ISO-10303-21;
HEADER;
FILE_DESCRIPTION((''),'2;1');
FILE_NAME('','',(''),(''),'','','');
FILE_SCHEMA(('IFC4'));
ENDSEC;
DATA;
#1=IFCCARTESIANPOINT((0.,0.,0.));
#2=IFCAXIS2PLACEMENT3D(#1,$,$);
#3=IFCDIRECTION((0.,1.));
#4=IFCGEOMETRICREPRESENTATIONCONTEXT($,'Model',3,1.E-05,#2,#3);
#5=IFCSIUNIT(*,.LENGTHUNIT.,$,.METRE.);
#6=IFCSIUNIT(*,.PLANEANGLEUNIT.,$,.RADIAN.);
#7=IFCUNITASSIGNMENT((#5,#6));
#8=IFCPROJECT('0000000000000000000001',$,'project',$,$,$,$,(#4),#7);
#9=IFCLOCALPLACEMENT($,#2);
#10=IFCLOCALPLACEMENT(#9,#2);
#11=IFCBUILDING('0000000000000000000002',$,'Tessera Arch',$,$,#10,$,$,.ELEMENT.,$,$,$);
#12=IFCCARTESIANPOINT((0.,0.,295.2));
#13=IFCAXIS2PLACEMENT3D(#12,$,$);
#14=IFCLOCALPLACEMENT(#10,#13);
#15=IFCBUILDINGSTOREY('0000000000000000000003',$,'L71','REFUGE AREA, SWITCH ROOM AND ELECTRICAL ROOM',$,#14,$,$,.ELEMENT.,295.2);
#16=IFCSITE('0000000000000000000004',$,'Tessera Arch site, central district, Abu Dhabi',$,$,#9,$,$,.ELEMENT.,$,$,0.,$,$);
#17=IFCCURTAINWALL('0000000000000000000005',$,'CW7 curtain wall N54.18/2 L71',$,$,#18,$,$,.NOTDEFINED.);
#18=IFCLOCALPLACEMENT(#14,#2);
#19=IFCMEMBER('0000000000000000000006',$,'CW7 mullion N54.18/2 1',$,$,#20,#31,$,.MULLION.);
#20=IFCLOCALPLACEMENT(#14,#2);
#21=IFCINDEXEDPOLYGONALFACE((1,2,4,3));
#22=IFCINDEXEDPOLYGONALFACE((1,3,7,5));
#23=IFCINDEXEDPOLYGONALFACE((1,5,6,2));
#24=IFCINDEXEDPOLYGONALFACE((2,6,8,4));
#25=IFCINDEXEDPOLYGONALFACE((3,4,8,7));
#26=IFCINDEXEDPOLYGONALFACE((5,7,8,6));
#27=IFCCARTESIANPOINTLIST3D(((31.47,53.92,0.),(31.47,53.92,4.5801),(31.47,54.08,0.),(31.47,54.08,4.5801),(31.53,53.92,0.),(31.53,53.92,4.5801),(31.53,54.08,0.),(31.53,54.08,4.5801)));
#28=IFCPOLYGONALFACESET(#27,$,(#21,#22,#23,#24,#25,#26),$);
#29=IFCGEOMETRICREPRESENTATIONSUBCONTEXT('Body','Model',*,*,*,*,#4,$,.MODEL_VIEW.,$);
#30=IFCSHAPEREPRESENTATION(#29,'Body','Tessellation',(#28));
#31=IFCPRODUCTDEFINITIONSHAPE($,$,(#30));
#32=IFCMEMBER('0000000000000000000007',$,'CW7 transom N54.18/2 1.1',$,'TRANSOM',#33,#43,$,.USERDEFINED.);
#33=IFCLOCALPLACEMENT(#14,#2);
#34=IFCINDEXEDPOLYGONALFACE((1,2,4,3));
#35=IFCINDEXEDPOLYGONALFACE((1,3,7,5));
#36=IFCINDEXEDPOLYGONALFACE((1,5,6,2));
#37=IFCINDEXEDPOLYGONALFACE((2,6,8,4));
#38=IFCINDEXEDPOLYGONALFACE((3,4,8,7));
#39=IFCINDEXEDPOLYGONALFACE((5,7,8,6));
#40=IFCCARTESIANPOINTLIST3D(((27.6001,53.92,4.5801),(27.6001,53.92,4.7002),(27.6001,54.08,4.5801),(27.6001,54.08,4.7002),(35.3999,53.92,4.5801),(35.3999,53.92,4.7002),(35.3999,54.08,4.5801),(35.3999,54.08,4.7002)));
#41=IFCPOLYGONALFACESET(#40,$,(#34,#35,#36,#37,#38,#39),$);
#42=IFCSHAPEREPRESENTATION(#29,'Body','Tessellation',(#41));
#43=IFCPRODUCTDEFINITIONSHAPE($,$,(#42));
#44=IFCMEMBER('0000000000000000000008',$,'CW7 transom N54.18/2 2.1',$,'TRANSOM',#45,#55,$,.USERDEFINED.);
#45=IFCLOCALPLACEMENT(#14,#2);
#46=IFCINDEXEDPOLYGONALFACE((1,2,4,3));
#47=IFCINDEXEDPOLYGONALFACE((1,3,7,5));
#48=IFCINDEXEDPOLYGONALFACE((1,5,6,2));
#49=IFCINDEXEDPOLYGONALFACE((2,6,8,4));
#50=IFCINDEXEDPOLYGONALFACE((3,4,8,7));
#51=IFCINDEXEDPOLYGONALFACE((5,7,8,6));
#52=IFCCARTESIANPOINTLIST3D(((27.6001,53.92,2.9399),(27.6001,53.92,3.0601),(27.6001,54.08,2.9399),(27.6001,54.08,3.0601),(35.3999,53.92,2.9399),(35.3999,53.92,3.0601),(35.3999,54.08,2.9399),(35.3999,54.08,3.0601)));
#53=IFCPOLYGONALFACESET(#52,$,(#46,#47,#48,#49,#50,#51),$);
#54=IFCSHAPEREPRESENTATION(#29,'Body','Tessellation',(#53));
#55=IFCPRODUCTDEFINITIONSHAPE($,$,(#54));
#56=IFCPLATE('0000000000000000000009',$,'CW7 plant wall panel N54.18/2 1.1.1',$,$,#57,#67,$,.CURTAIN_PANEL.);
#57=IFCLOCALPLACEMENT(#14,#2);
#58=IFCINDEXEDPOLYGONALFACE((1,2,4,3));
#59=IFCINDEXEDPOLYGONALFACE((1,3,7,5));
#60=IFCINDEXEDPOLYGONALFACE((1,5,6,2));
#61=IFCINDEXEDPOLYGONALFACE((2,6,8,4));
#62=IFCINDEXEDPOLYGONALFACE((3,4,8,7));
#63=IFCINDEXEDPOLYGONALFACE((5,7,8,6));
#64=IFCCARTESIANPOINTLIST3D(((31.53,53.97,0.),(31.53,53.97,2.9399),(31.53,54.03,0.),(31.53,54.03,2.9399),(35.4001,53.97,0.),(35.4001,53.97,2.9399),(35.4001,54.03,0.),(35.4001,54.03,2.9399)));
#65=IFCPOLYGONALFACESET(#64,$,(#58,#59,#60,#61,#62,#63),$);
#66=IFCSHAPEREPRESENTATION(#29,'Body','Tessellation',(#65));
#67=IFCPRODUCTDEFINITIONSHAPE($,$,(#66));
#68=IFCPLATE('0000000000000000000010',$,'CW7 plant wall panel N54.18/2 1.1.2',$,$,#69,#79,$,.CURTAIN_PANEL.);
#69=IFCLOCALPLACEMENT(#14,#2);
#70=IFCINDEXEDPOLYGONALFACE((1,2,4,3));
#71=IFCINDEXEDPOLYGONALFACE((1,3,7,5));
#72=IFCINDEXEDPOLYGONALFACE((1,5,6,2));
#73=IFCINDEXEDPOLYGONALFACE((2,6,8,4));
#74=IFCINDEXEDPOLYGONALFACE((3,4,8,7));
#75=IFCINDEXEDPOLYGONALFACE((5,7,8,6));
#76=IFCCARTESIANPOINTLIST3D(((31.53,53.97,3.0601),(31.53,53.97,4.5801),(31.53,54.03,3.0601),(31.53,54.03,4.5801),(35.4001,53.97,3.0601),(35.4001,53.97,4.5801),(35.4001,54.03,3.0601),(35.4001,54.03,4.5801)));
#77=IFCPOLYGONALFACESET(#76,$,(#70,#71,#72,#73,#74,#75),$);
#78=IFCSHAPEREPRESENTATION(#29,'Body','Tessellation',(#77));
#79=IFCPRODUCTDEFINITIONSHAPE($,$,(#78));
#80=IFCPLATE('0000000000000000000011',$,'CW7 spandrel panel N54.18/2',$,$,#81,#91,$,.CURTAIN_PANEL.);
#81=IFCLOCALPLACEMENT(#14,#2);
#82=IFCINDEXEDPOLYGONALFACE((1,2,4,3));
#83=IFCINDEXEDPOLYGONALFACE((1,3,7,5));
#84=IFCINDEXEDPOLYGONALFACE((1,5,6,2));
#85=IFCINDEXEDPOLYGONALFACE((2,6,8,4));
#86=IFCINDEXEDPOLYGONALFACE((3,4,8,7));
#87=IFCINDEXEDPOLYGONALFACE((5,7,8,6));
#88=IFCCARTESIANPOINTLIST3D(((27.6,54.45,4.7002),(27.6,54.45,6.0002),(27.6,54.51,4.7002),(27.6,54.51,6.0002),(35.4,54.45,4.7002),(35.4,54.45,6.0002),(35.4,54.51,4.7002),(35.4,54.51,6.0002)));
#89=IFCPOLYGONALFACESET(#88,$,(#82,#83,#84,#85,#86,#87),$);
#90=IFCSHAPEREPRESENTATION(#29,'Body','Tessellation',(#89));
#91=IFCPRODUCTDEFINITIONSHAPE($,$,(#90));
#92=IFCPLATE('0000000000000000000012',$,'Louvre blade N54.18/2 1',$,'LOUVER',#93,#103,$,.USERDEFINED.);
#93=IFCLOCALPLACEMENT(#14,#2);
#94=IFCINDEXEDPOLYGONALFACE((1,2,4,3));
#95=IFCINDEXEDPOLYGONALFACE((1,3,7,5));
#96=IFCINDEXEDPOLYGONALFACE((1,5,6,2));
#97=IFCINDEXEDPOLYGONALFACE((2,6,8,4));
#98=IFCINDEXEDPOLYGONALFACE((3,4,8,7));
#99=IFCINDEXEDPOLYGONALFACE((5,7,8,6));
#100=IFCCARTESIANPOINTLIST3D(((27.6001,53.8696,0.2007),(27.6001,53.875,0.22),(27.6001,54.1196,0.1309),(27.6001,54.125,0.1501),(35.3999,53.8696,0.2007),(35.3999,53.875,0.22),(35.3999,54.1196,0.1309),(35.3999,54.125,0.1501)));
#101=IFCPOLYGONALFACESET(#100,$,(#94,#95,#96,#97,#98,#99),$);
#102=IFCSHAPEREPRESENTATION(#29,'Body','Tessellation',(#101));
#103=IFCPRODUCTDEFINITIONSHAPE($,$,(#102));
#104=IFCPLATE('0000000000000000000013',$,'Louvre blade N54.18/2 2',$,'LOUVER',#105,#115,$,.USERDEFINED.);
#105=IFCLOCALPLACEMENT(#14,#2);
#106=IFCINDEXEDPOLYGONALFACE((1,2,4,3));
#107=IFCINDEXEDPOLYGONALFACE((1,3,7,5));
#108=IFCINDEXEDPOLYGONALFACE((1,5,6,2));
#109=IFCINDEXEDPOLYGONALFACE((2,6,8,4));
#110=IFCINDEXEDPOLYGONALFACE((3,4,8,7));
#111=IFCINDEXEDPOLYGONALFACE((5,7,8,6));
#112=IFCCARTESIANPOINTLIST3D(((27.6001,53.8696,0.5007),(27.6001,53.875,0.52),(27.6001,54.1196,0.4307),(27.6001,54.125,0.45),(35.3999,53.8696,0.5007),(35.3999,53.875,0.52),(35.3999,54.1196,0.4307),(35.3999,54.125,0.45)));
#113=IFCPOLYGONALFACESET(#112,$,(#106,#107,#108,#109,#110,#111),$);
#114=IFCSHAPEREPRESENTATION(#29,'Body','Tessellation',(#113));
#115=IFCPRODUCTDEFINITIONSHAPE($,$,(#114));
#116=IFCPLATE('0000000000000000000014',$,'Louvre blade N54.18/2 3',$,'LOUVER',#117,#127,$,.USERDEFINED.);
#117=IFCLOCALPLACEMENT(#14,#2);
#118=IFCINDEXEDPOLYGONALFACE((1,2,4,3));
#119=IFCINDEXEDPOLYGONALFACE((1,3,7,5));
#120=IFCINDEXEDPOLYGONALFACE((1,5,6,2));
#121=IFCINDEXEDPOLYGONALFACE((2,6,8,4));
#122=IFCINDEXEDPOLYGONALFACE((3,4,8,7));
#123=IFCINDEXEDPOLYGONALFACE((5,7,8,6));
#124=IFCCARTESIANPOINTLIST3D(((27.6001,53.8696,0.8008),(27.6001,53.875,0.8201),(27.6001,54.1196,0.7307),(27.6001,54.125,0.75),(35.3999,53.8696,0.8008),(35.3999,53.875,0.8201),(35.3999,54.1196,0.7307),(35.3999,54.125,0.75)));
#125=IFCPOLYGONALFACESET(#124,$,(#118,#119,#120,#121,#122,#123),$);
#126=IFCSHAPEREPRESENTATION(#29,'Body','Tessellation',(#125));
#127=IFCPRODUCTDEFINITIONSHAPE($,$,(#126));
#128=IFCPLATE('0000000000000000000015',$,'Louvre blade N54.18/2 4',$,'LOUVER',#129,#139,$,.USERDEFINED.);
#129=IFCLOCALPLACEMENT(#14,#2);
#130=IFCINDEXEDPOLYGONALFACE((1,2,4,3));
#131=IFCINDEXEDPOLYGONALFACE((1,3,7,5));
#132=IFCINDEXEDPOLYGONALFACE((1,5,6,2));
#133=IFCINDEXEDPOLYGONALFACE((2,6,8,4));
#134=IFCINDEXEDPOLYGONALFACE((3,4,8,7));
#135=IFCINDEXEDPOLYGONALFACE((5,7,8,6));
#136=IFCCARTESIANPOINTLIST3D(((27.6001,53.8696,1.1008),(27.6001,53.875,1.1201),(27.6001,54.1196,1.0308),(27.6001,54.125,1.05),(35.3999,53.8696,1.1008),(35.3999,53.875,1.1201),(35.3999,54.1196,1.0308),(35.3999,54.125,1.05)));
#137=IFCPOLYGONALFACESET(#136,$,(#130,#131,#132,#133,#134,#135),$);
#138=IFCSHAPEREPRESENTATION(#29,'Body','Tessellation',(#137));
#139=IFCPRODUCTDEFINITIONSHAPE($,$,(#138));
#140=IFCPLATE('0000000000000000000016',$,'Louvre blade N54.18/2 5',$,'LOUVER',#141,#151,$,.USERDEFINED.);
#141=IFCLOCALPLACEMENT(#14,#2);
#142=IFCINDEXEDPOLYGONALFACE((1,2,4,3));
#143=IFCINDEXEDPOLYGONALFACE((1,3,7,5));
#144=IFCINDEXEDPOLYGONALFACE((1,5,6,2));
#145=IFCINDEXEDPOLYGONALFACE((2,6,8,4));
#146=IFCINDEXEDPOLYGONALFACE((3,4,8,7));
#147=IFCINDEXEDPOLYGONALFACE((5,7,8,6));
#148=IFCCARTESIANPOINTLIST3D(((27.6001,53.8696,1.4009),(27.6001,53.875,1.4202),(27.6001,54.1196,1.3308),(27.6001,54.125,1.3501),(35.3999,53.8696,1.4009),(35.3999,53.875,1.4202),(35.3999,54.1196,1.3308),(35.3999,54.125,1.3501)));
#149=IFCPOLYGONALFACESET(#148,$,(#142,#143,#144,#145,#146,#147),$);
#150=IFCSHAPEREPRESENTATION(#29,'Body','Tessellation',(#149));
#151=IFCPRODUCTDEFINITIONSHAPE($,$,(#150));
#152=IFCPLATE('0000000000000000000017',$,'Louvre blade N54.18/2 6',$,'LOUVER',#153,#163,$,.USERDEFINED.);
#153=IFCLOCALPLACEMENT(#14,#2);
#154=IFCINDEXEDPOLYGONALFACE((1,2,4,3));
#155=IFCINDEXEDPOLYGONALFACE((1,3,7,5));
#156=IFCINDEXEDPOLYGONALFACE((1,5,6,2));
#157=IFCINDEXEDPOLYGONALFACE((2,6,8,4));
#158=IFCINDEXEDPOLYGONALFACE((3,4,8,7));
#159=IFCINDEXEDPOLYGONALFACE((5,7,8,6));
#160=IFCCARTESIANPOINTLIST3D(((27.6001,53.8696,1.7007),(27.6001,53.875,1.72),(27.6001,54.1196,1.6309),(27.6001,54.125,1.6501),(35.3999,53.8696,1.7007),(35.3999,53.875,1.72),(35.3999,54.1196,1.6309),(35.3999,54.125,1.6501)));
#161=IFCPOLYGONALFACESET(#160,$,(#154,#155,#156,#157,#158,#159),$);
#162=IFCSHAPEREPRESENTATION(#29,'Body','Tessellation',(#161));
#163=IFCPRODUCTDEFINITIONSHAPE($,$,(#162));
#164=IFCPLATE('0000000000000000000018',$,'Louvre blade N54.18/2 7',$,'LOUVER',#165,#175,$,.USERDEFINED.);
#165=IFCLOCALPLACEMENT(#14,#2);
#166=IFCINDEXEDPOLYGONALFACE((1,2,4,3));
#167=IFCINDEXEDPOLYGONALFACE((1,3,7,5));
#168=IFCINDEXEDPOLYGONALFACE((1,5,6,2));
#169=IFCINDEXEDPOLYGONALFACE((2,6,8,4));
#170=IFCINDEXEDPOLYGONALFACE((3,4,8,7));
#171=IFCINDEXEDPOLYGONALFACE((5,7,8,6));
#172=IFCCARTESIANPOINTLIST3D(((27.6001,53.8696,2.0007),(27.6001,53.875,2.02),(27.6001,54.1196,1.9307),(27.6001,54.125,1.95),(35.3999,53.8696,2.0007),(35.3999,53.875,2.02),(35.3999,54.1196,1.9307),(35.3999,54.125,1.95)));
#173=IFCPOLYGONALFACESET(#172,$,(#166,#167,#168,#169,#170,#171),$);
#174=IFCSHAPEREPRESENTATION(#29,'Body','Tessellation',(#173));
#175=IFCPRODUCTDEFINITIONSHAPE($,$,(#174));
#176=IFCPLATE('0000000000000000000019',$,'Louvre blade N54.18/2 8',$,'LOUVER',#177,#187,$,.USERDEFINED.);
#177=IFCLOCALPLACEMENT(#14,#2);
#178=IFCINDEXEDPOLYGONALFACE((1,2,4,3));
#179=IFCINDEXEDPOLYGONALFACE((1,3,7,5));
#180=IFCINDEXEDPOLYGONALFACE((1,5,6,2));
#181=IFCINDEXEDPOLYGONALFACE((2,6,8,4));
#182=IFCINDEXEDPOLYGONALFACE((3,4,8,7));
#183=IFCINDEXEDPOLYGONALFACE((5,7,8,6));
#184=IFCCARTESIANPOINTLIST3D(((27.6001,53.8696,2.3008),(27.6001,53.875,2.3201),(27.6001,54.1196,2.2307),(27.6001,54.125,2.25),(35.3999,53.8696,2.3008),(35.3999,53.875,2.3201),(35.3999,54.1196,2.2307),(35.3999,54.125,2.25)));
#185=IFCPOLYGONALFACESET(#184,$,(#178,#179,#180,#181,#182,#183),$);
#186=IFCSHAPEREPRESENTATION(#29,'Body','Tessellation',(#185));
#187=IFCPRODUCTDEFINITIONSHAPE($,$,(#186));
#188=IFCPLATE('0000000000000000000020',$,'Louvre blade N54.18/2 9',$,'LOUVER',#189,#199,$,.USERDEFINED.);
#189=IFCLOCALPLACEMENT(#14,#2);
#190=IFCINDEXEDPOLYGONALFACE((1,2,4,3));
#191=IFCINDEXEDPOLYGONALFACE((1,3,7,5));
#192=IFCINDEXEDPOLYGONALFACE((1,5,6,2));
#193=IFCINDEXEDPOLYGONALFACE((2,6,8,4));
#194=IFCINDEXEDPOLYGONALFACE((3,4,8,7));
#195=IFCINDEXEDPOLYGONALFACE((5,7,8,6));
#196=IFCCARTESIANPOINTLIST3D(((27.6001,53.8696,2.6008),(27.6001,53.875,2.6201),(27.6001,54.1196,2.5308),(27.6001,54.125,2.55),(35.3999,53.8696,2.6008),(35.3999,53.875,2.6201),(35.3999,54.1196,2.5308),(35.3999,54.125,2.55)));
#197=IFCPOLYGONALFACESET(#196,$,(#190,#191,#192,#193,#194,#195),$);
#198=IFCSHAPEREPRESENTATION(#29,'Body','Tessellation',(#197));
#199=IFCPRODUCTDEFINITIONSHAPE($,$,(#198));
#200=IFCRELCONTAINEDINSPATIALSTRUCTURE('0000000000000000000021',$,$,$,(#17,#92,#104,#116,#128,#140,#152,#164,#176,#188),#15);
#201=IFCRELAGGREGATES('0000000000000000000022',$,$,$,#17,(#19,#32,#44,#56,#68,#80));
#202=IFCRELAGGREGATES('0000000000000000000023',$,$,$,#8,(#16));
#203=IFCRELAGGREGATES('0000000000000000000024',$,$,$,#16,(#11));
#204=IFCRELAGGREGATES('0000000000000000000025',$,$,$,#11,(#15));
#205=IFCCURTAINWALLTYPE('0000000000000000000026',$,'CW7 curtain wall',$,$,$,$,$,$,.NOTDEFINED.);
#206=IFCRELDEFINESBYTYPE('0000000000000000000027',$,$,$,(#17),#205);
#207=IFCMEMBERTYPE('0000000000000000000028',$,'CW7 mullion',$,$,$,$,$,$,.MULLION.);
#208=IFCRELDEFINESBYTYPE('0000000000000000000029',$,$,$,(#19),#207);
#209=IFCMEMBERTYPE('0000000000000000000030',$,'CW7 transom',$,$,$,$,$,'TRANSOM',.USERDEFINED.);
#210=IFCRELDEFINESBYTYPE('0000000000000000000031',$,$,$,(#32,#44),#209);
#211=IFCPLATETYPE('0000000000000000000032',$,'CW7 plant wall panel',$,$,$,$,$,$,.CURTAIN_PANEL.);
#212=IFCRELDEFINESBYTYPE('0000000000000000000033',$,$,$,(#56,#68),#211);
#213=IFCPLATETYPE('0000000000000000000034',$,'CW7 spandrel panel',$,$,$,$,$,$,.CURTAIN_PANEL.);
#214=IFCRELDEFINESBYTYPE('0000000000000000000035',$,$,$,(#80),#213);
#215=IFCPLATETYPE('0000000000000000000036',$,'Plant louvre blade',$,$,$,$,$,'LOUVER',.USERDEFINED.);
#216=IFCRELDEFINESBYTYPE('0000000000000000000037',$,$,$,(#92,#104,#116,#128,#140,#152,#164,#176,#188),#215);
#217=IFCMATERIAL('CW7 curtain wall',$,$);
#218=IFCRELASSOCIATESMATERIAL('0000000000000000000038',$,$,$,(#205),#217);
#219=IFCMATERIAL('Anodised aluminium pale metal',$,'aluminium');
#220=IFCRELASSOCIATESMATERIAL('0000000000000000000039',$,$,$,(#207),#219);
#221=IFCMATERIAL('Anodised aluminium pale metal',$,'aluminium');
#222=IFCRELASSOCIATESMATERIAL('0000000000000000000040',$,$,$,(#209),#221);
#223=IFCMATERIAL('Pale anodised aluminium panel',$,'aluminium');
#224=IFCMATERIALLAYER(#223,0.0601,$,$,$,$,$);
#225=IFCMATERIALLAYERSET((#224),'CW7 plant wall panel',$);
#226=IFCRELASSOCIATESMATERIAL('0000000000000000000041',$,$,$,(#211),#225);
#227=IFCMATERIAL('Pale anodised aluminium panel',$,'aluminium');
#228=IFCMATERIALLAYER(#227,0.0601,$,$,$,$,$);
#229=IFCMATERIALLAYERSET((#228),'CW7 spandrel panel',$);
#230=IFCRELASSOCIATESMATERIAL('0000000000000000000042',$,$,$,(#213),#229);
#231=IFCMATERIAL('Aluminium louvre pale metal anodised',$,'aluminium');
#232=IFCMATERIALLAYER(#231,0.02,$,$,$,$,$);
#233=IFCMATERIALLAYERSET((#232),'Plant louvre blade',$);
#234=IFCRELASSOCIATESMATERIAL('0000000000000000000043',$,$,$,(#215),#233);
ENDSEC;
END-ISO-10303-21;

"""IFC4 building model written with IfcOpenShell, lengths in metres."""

from ifc_helpers import new_model, si_unit, direction, frame, origin, origin_2d, place, context, subcontext, project, spatial, polyline, rectangle, outline, extrude, material, layer, layer_set, material_profile, profile_set, type_object, element, aggregate, save


model = new_model("IFC4")

# Units and contexts
model_context = context("Model", 3, precision=1e-05, world=origin(), true_north=direction((0.0, 1.0)))
body_context = subcontext(model_context, "Body", "Model", "MODEL_VIEW")
ifc_project = project(units=[si_unit("LENGTHUNIT", "METRE"), si_unit("PLANEANGLEUNIT", "RADIAN")], contexts=[model_context])

# Site, building, storey
site_placement = place(None, origin())
site = spatial("IfcSite", under=ifc_project, at=site_placement, Name="Tessera Arch site, central district, Abu Dhabi", CompositionType="ELEMENT", RefElevation=0.0)
building_placement = place(site_placement, origin())
building = spatial("IfcBuilding", under=site, at=building_placement, Name="Tessera Arch", CompositionType="ELEMENT")
storey_placement = place(building_placement, frame((0.0, 0.0, 295.2)))
storey = spatial("IfcBuildingStorey", under=building, at=storey_placement, Name="L71", Description="REFUGE AREA, SWITCH ROOM AND ELECTRICAL ROOM", CompositionType="ELEMENT", Elevation=295.2)

# Curtain wall, members, plates
ifc_material_1 = material(Name="CW7 curtain wall")
curtain_wall_type = type_object("IfcCurtainWallType", Name="CW7 curtain wall", PredefinedType="NOTDEFINED", material=ifc_material_1)
curtain_wall_placement = place(storey_placement, origin())
curtain_wall = element("IfcCurtainWall", 1, at=curtain_wall_placement, inside=storey, type_object=curtain_wall_type, Name="CW7 curtain wall N54.18/2 L71", PredefinedType="NOTDEFINED")
ifc_material_2 = material(Name="Anodised aluminium pale metal", Category="aluminium")
ifc_material_profile_1 = material_profile(ifc_material_2, rectangle(XDim=0.1599, YDim=0.0601, at=origin_2d()), Name="AL 60x160")
ifc_profile_set_1 = profile_set([ifc_material_profile_1], Name="Anodised aluminium pale metal")
member_type_1 = type_object("IfcMemberType", Name="CW7 mullion", PredefinedType="MULLION", material=ifc_profile_set_1)
member_1_placement = place(storey_placement, frame((31.5, 54.0, 0.0), z_axis=(0.0, 0.0, 1.0), x_axis=(0.0, -1.0, 0.0)))
member_1 = element("IfcMember", 2, at=member_1_placement, type_object=member_type_1, Name="CW7 mullion N54.18/2 1", PredefinedType="MULLION", context=body_context, shape_type="SweptSolid", body=[
    extrude(rectangle(XDim=0.1599, YDim=0.0601, at=origin_2d()), origin(), (0.0, 0.0, 1.0), 4.5801),
])
ifc_material_3 = material(Name="Anodised aluminium pale metal", Category="aluminium")
ifc_material_profile_2 = material_profile(ifc_material_3, rectangle(XDim=0.1599, YDim=0.1201, at=origin_2d()), Name="AL 160x120")
ifc_profile_set_2 = profile_set([ifc_material_profile_2], Name="Anodised aluminium pale metal")
member_type_2 = type_object("IfcMemberType", Name="CW7 transom", ElementType="TRANSOM", PredefinedType="USERDEFINED", material=ifc_profile_set_2)
member_2_placement = place(storey_placement, frame((35.3999, 54.0, 4.6401), z_axis=(-1.0, 0.0, 0.0), x_axis=(0.0, -1.0, 0.0)))
member_2 = element("IfcMember", 3, at=member_2_placement, type_object=member_type_2, Name="CW7 transom N54.18/2 1.1", ObjectType="TRANSOM", PredefinedType="USERDEFINED", context=body_context, shape_type="SweptSolid", body=[
    extrude(rectangle(XDim=0.1599, YDim=0.1201, at=origin_2d()), origin(), (0.0, 0.0, 1.0), 7.7998),
])
member_3_placement = place(storey_placement, frame((35.3999, 54.0, 3.0), z_axis=(-1.0, 0.0, 0.0), x_axis=(0.0, -1.0, 0.0)))
member_3 = element("IfcMember", 4, at=member_3_placement, type_object=member_type_2, Name="CW7 transom N54.18/2 2.1", ObjectType="TRANSOM", PredefinedType="USERDEFINED", context=body_context, shape_type="SweptSolid", body=[
    extrude(rectangle(XDim=0.1599, YDim=0.1201, at=origin_2d()), origin(), (0.0, 0.0, 1.0), 7.7998),
])
ifc_material_4 = material(Name="Pale anodised aluminium panel", Category="aluminium")
ifc_layer_1 = layer(ifc_material_4, 0.0601)
ifc_layer_set_1 = layer_set([ifc_layer_1], Name="CW7 plant wall panel")
plate_type_1 = type_object("IfcPlateType", Name="CW7 plant wall panel", PredefinedType="CURTAIN_PANEL", material=ifc_layer_set_1)
plate_1_placement = place(storey_placement, frame((33.4651, 54.0, 0.0), z_axis=(0.0, 0.0, 1.0), x_axis=(-1.0, 0.0, 0.0)))
plate_1 = element("IfcPlate", 5, at=plate_1_placement, type_object=plate_type_1, Name="CW7 plant wall panel N54.18/2 1.1.1", PredefinedType="CURTAIN_PANEL", context=body_context, shape_type="SweptSolid", body=[
    extrude(rectangle(XDim=3.8701, YDim=0.0601, at=origin_2d()), origin(), (0.0, 0.0, 1.0), 2.9399),
])
plate_2_placement = place(storey_placement, frame((33.4651, 54.0, 3.0601), z_axis=(0.0, 0.0, 1.0), x_axis=(-1.0, 0.0, 0.0)))
plate_2 = element("IfcPlate", 6, at=plate_2_placement, type_object=plate_type_1, Name="CW7 plant wall panel N54.18/2 1.1.2", PredefinedType="CURTAIN_PANEL", context=body_context, shape_type="SweptSolid", body=[
    extrude(rectangle(XDim=3.8701, YDim=0.0601, at=origin_2d()), origin(), (0.0, 0.0, 1.0), 1.52),
])
ifc_material_5 = material(Name="Pale anodised aluminium panel", Category="aluminium")
ifc_layer_2 = layer(ifc_material_5, 0.0601)
ifc_layer_set_2 = layer_set([ifc_layer_2], Name="CW7 spandrel panel")
plate_type_2 = type_object("IfcPlateType", Name="CW7 spandrel panel", PredefinedType="CURTAIN_PANEL", material=ifc_layer_set_2)
plate_3_placement = place(storey_placement, frame((31.5, 54.48, 4.7002), z_axis=(0.0, 0.0, 1.0), x_axis=(-1.0, 0.0, 0.0)))
plate_3 = element("IfcPlate", 7, at=plate_3_placement, type_object=plate_type_2, Name="CW7 spandrel panel N54.18/2", PredefinedType="CURTAIN_PANEL", context=body_context, shape_type="SweptSolid", body=[
    extrude(rectangle(XDim=7.8, YDim=0.0601, at=origin_2d()), origin(), (0.0, 0.0, 1.0), 1.3),
])
aggregate(curtain_wall, [member_1, member_2, member_3, plate_1, plate_2, plate_3])

# Plates
ifc_material_6 = material(Name="Aluminium louvre pale metal anodised", Category="aluminium")
ifc_layer_3 = layer(ifc_material_6, 0.02)
ifc_layer_set_3 = layer_set([ifc_layer_3], Name="Plant louvre blade")
plate_type_3 = type_object("IfcPlateType", Name="Plant louvre blade", ElementType="LOUVER", PredefinedType="USERDEFINED", material=ifc_layer_set_3)
plate_4_placement = place(storey_placement, frame((35.3999, 54.125, 0.1501), z_axis=(0.0, 0.269002, 0.96314), x_axis=(-1.0, 0.0, 0.0)))
element("IfcPlate", 8, at=plate_4_placement, inside=storey, type_object=plate_type_3, Name="Louvre blade N54.18/2 1", ObjectType="LOUVER", PredefinedType="USERDEFINED", context=body_context, shape_type="SweptSolid", body=[
    extrude(outline(polyline([(0.0, 0.0), (7.7998, 0.0), (7.7998, 0.2596), (0.0, 0.2596), (0.0, 0.0)])), origin(), (0.0, 0.0, -1.0), 0.02),
])
for number, where, z_axis, x_axis, name in (
    (9, (35.3999, 54.125, 0.45), (0.0, 0.269874, 0.962896), (-1.0, 0.0, 0.0), "Louvre blade N54.18/2 2"),
    (10, (35.3999, 54.125, 0.75), (0.0, 0.269874, 0.962896), (-1.0, 0.0, 0.0), "Louvre blade N54.18/2 3"),
    (11, (35.3999, 54.125, 1.05), (0.0, 0.269874, 0.962896), (-1.0, 0.0, 0.0), "Louvre blade N54.18/2 4"),
    (12, (35.3999, 54.125, 1.3501), (0.0, 0.269874, 0.962896), (-1.0, 0.0, 0.0), "Louvre blade N54.18/2 5"),
):
    element("IfcPlate", number, at=place(storey_placement, frame(where, z_axis=z_axis, x_axis=x_axis)), inside=storey, type_object=plate_type_3, Name=name, ObjectType="LOUVER", PredefinedType="USERDEFINED", context=body_context, shape_type="SweptSolid", body=[
        extrude(outline(polyline([(0.0, 0.0), (7.7998, 0.0), (7.7998, 0.2596), (0.0, 0.2596), (0.0, 0.0)])), origin(), (0.0, 0.0, -1.0), 0.02),
    ])
plate_5_placement = place(storey_placement, frame((35.3999, 54.125, 1.6501), z_axis=(0.0, 0.269002, 0.96314), x_axis=(-1.0, 0.0, 0.0)))
element("IfcPlate", 13, at=plate_5_placement, inside=storey, type_object=plate_type_3, Name="Louvre blade N54.18/2 6", ObjectType="LOUVER", PredefinedType="USERDEFINED", context=body_context, shape_type="SweptSolid", body=[
    extrude(outline(polyline([(0.0, 0.0), (7.7998, 0.0), (7.7998, 0.2596), (0.0, 0.2596), (0.0, 0.0)])), origin(), (0.0, 0.0, -1.0), 0.02),
])
for number, where, z_axis, x_axis, name in (
    (14, (35.3999, 54.125, 1.95), (0.0, 0.269874, 0.962896), (-1.0, 0.0, 0.0), "Louvre blade N54.18/2 7"),
    (15, (35.3999, 54.125, 2.25), (0.0, 0.269874, 0.962896), (-1.0, 0.0, 0.0), "Louvre blade N54.18/2 8"),
    (16, (35.3999, 54.125, 2.55), (0.0, 0.269874, 0.962896), (-1.0, 0.0, 0.0), "Louvre blade N54.18/2 9"),
):
    element("IfcPlate", number, at=place(storey_placement, frame(where, z_axis=z_axis, x_axis=x_axis)), inside=storey, type_object=plate_type_3, Name=name, ObjectType="LOUVER", PredefinedType="USERDEFINED", context=body_context, shape_type="SweptSolid", body=[
        extrude(outline(polyline([(0.0, 0.0), (7.7998, 0.0), (7.7998, 0.2596), (0.0, 0.2596), (0.0, 0.0)])), origin(), (0.0, 0.0, -1.0), 0.02),
    ])

save(model, "model.ifc")
